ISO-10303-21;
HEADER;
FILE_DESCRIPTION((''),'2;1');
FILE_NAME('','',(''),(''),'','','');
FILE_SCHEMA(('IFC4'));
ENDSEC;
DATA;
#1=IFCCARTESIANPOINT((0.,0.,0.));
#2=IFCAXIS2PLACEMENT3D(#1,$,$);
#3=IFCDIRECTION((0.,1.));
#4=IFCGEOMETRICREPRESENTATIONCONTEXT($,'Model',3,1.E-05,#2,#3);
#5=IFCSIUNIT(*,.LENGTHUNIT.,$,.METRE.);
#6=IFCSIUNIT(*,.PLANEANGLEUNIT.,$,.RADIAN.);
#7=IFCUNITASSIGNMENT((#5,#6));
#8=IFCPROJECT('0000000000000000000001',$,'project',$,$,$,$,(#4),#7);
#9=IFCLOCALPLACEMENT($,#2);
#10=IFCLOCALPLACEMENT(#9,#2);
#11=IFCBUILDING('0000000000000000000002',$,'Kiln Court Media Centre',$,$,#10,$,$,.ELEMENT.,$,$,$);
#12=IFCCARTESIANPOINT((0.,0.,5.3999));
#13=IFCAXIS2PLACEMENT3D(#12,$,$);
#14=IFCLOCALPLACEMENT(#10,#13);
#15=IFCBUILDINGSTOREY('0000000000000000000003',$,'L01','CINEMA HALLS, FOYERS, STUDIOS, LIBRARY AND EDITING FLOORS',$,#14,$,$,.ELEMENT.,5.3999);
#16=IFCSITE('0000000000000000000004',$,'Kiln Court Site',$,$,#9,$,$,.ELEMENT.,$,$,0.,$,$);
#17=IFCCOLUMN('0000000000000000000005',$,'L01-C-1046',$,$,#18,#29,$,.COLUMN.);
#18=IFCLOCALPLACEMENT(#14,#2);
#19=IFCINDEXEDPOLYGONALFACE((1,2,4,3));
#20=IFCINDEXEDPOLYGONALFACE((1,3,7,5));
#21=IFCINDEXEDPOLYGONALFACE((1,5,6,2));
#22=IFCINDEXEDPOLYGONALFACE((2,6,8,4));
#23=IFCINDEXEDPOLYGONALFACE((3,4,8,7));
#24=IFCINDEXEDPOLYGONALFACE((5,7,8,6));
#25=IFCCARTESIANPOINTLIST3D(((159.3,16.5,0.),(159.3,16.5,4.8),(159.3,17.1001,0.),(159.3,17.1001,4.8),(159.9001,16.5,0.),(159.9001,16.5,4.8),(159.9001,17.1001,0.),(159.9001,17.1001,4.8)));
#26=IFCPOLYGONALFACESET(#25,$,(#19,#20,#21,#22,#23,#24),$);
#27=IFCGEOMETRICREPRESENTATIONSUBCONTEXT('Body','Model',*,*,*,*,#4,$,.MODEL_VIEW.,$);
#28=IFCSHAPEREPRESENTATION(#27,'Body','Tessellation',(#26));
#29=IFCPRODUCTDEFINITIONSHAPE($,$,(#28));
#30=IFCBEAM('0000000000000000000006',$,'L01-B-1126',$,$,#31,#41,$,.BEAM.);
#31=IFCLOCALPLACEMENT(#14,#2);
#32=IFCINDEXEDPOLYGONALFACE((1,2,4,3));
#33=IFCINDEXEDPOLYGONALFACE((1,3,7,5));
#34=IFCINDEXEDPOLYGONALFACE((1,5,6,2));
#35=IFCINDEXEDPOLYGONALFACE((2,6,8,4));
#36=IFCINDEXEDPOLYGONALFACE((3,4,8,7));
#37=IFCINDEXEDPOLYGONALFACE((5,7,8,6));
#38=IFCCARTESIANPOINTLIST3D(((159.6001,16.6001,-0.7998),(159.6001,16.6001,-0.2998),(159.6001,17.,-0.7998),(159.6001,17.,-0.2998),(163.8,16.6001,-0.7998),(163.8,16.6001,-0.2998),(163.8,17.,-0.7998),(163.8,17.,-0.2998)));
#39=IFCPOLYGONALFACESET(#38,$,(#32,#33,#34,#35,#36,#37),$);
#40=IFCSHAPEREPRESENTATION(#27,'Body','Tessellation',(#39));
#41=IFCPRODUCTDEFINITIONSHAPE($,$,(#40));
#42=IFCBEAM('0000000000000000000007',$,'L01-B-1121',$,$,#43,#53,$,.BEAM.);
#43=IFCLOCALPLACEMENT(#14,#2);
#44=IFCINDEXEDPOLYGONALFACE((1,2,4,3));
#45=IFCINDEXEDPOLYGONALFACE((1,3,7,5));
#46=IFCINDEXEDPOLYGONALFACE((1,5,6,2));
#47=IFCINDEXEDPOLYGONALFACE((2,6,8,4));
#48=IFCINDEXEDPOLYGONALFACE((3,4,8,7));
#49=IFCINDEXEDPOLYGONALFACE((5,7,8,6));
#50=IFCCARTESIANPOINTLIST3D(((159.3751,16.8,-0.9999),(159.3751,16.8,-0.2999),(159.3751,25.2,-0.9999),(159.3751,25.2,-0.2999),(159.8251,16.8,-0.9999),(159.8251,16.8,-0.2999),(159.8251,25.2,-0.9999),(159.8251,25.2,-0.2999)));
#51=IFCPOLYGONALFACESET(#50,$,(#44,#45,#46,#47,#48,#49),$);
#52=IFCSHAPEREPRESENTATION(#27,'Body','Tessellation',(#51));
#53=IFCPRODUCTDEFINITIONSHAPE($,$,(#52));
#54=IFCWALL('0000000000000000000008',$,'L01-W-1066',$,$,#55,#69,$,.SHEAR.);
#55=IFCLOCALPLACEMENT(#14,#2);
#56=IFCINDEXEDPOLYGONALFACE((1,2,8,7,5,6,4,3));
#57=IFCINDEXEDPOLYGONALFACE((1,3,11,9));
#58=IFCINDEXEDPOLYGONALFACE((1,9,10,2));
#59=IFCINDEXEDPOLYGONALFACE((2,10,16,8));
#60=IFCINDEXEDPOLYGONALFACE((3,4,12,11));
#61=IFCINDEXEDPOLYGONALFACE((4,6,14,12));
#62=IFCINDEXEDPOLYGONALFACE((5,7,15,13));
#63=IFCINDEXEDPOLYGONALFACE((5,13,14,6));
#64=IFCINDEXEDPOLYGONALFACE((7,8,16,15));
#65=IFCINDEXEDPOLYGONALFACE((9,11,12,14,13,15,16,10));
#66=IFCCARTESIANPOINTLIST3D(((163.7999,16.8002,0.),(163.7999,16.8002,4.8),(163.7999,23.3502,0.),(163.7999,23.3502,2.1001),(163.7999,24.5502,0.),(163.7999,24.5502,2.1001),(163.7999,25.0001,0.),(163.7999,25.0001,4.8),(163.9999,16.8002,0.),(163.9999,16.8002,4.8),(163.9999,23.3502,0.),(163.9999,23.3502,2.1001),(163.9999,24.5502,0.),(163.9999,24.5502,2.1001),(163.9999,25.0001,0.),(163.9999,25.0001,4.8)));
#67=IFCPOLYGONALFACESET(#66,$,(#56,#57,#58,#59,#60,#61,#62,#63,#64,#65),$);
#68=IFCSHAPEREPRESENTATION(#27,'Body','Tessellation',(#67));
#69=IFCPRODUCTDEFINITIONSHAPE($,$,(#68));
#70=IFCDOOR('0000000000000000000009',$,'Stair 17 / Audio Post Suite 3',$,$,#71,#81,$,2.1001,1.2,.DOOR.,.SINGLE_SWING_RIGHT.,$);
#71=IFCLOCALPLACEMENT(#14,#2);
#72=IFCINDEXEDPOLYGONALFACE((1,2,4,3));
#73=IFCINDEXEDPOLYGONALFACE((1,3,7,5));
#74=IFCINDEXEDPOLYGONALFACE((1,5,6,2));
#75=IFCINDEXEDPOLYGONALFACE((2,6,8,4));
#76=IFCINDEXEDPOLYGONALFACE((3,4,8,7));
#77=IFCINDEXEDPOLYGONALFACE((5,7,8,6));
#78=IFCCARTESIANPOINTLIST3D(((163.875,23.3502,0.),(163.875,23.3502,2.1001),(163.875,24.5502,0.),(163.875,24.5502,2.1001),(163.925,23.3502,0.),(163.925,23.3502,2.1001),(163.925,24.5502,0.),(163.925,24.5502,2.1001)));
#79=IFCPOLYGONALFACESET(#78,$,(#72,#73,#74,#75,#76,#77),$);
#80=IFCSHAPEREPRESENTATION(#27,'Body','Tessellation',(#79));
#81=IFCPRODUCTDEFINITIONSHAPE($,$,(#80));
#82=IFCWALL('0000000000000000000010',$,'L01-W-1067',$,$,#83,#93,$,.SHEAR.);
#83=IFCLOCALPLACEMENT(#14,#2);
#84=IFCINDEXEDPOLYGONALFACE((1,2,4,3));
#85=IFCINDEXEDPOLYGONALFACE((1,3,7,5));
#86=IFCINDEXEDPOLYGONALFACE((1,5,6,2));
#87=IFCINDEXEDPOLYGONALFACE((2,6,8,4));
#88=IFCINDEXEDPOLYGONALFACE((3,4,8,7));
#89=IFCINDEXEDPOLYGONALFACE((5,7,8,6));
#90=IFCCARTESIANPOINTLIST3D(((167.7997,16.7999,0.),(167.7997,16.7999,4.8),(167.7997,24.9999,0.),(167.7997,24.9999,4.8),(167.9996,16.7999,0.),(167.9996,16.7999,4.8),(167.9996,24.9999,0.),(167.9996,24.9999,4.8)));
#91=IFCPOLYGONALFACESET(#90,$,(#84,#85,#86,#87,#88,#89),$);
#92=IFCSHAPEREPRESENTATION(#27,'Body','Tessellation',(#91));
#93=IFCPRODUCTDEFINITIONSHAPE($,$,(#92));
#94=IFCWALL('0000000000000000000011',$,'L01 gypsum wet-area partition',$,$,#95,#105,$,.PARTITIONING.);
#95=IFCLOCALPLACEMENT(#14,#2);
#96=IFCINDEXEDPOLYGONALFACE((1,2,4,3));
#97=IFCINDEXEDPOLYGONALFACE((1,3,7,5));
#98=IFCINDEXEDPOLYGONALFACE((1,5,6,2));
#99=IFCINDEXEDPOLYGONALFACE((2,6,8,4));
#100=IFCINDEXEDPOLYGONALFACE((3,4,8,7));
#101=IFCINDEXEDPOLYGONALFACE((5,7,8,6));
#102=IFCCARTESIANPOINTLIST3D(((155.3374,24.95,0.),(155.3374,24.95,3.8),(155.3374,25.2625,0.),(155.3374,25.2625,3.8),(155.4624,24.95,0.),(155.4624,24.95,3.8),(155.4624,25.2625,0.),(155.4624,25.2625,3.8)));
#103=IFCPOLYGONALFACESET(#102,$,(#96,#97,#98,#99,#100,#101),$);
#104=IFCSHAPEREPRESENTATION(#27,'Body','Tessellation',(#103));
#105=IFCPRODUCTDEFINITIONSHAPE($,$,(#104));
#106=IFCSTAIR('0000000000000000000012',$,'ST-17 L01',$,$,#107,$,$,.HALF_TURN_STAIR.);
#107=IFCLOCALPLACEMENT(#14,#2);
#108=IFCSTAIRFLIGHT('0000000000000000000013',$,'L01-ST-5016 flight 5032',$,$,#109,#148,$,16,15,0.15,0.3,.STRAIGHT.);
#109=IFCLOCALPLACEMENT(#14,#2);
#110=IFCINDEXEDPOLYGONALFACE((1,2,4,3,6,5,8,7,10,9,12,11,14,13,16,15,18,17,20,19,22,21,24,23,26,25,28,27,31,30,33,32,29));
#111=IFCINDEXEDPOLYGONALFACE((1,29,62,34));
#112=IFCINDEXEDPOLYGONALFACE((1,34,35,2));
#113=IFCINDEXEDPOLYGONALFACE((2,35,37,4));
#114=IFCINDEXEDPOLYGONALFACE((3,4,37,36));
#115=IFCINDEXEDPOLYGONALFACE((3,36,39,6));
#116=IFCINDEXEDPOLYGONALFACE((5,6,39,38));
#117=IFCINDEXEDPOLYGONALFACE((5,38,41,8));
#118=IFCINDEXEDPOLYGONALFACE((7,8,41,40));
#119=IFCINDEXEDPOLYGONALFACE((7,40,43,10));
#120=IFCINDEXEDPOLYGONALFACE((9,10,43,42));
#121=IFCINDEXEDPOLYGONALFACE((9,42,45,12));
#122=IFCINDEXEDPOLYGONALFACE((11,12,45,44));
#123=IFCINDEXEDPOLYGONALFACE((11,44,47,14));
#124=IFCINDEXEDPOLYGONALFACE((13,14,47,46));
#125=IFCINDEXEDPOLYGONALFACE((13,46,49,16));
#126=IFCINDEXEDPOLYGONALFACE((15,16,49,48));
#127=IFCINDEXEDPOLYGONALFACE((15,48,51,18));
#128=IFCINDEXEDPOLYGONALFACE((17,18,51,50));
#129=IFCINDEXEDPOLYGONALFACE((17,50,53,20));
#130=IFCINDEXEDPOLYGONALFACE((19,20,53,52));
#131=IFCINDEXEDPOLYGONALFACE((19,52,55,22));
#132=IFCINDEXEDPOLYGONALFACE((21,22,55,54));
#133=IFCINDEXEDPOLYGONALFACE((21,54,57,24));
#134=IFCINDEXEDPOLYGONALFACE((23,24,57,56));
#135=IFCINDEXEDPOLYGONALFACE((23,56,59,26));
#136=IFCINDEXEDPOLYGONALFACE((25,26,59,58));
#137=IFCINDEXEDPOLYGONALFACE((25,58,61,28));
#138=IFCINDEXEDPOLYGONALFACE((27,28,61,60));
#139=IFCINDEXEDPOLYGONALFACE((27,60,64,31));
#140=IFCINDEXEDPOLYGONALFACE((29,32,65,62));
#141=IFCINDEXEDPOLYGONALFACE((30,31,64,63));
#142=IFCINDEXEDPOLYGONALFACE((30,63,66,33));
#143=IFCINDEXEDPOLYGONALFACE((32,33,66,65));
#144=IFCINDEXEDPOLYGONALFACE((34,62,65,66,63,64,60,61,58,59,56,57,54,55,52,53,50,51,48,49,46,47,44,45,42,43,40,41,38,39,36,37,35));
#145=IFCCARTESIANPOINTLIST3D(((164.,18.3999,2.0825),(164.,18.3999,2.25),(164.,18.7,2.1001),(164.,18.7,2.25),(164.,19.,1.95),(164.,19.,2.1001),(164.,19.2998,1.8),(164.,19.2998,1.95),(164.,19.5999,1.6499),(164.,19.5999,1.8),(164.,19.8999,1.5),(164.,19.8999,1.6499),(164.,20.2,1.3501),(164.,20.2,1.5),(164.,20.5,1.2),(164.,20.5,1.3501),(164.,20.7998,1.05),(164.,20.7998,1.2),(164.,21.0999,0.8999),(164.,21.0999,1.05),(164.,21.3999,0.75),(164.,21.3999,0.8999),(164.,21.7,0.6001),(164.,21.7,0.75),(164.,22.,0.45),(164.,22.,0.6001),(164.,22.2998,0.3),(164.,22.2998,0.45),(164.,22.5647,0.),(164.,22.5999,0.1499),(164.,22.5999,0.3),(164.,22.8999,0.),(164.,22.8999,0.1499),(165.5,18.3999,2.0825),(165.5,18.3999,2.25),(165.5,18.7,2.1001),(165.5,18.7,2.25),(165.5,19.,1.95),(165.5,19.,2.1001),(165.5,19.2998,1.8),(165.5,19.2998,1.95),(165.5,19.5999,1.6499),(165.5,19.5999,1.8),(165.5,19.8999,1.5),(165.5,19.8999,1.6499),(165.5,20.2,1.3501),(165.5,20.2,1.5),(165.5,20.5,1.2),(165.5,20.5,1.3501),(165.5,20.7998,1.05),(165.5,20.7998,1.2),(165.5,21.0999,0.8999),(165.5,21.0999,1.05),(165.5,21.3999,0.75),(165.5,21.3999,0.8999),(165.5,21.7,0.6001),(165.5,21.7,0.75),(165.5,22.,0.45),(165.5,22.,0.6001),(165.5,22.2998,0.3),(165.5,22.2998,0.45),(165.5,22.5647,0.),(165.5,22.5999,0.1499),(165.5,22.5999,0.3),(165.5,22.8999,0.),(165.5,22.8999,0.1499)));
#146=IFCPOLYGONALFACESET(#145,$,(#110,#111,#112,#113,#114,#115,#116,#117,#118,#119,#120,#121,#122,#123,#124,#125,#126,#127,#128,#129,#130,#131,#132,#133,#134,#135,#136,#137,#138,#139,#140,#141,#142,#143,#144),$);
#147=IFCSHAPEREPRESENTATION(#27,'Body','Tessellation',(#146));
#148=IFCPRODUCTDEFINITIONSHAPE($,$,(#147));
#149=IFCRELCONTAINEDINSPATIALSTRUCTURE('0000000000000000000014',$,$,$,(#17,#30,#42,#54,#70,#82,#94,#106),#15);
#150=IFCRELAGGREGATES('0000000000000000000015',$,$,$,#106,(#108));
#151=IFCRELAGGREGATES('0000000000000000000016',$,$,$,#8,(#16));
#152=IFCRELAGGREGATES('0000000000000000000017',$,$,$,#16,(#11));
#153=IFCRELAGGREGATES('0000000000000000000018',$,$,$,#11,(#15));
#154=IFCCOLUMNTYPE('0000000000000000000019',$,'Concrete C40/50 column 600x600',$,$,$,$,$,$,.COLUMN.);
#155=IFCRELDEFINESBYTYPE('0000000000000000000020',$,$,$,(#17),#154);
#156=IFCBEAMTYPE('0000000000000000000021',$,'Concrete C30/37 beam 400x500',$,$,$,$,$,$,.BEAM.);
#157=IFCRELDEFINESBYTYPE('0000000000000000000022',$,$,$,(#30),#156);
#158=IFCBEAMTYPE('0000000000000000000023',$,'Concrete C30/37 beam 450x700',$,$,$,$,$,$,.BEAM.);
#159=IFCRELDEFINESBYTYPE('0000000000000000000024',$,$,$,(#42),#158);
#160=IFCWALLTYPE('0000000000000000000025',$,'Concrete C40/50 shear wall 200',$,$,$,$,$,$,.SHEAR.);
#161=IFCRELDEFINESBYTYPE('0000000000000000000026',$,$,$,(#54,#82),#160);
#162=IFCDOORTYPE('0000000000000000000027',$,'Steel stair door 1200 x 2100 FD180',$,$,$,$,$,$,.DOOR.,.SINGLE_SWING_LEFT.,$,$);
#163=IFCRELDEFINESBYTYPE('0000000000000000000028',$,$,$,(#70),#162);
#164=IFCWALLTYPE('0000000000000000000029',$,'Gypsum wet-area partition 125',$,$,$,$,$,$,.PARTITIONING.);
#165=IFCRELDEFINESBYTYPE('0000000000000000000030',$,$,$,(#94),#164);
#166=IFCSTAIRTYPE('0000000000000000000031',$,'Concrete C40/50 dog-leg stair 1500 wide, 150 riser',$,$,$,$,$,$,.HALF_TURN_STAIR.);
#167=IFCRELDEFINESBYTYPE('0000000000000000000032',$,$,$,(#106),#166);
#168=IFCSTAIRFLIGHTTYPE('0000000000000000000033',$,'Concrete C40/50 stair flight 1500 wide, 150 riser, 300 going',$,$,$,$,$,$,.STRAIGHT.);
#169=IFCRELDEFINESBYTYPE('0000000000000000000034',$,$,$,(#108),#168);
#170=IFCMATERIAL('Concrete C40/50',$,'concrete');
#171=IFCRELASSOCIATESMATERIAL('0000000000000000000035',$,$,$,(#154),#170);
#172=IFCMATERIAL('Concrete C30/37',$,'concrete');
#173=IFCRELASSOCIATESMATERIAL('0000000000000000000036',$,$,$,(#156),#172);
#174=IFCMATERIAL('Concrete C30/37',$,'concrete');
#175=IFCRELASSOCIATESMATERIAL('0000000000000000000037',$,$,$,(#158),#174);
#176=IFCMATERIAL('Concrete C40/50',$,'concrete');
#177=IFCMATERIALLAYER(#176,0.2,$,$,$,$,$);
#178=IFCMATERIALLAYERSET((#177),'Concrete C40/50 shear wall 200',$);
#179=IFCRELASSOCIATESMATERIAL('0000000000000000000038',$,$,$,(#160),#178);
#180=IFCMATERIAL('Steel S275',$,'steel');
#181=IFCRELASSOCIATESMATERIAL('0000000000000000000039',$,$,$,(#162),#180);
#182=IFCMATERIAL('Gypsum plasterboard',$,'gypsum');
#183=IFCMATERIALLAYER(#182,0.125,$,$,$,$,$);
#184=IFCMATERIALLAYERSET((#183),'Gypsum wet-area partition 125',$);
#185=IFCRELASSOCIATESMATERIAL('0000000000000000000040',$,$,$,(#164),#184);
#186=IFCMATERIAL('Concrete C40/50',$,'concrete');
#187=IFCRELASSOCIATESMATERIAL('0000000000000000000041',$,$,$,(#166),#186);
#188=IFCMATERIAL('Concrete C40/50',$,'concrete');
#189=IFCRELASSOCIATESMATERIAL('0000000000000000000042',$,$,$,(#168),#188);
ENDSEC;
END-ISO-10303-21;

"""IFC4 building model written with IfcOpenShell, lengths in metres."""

from ifc_helpers import new_model, si_unit, direction, frame, frame_2d, origin, origin_2d, place, context, subcontext, project, spatial, polyline, rectangle, outline, extrude, material, layer, layer_set, material_profile, profile_set, type_object, element, fill, aggregate, save


model = new_model("IFC4")

# Units and contexts
model_context = context("Model", 3, precision=1e-05, world=origin(), true_north=direction((0.0, 1.0)))
body_context = subcontext(model_context, "Body", "Model", "MODEL_VIEW")
ifc_project = project(units=[si_unit("LENGTHUNIT", "METRE"), si_unit("PLANEANGLEUNIT", "RADIAN")], contexts=[model_context])

# Site, building, storey
site_placement = place(None, origin())
site = spatial("IfcSite", under=ifc_project, at=site_placement, Name="Kiln Court Site", CompositionType="ELEMENT", RefElevation=0.0)
building_placement = place(site_placement, origin())
building = spatial("IfcBuilding", under=site, at=building_placement, Name="Kiln Court Media Centre", CompositionType="ELEMENT")
storey_placement = place(building_placement, frame((0.0, 0.0, 5.3999)))
storey = spatial("IfcBuildingStorey", under=building, at=storey_placement, Name="L01", Description="CINEMA HALLS, FOYERS, STUDIOS, LIBRARY AND EDITING FLOORS", CompositionType="ELEMENT", Elevation=5.3999)

# Column
ifc_material_1 = material(Name="Concrete C40/50", Category="concrete")
ifc_material_profile_1 = material_profile(ifc_material_1, rectangle(XDim=0.6001, YDim=0.6001, at=origin_2d()), Name="RC 600x600")
ifc_profile_set_1 = profile_set([ifc_material_profile_1], Name="Concrete C40/50")
column_type = type_object("IfcColumnType", Name="Concrete C40/50 column 600x600", PredefinedType="COLUMN", material=ifc_profile_set_1)
column_placement = place(storey_placement, frame((159.6001, 16.8, 0.0), z_axis=(0.0, 0.0, 1.0), x_axis=(1.0, 0.0, 0.0)))
element("IfcColumn", 1, at=column_placement, inside=storey, type_object=column_type, Name="L01-C-1046", PredefinedType="COLUMN", context=body_context, shape_type="SweptSolid", body=[
    extrude(rectangle(XDim=0.6001, YDim=0.6001, at=origin_2d()), origin(), (0.0, 0.0, 1.0), 4.8),
])

# Beams
ifc_material_2 = material(Name="Concrete C30/37", Category="concrete")
ifc_material_profile_2 = material_profile(ifc_material_2, rectangle(XDim=0.3999, YDim=0.5, at=origin_2d()), Name="RC 400x500")
ifc_profile_set_2 = profile_set([ifc_material_profile_2], Name="Concrete C30/37")
beam_type_1 = type_object("IfcBeamType", Name="Concrete C30/37 beam 400x500", PredefinedType="BEAM", material=ifc_profile_set_2)
beam_1_placement = place(storey_placement, frame((159.6001, 16.8, -0.5498), z_axis=(1.0, 0.0, 0.0), x_axis=(0.0, 1.0, 0.0)))
element("IfcBeam", 2, at=beam_1_placement, inside=storey, type_object=beam_type_1, Name="L01-B-1126", PredefinedType="BEAM", context=body_context, shape_type="SweptSolid", body=[
    extrude(rectangle(XDim=0.3999, YDim=0.5, at=origin_2d()), origin(), (0.0, 0.0, 1.0), 4.2),
])
ifc_material_3 = material(Name="Concrete C30/37", Category="concrete")
ifc_material_profile_3 = material_profile(ifc_material_3, rectangle(XDim=0.45, YDim=0.7, at=origin_2d()), Name="RC 450x700")
ifc_profile_set_3 = profile_set([ifc_material_profile_3], Name="Concrete C30/37")
beam_type_2 = type_object("IfcBeamType", Name="Concrete C30/37 beam 450x700", PredefinedType="BEAM", material=ifc_profile_set_3)
beam_2_placement = place(storey_placement, frame((159.6001, 16.8, -0.6499), z_axis=(0.0, 1.0, 0.0), x_axis=(-1.0, 0.0, 0.0)))
element("IfcBeam", 3, at=beam_2_placement, inside=storey, type_object=beam_type_2, Name="L01-B-1121", PredefinedType="BEAM", context=body_context, shape_type="SweptSolid", body=[
    extrude(rectangle(XDim=0.45, YDim=0.7, at=origin_2d()), origin(), (0.0, 0.0, 1.0), 8.3999),
])

# Wall, opening, door
ifc_material_4 = material(Name="Concrete C40/50", Category="concrete")
ifc_layer_1 = layer(ifc_material_4, 0.2)
ifc_layer_set_1 = layer_set([ifc_layer_1], Name="Concrete C40/50 shear wall 200")
wall_type_1 = type_object("IfcWallType", Name="Concrete C40/50 shear wall 200", PredefinedType="SHEAR", material=ifc_layer_set_1)
wall_1_placement = place(storey_placement, frame((163.8999, 16.8, 0.0), z_axis=(0.0, 0.0, 1.0), x_axis=(0.0, 1.0, 0.0)))
wall_1 = element("IfcWall", 4, at=wall_1_placement, inside=storey, type_object=wall_type_1, Name="L01-W-1066", PredefinedType="SHEAR", context=body_context, shape_type="SweptSolid", body=[
    extrude(rectangle(XDim=8.2, YDim=0.2, at=frame_2d((4.1001, 0.0))), origin(), (0.0, 0.0, 1.0), 4.8),
])
opening_placement = place(wall_1_placement, frame((6.55, 0.0, 0.0)))
opening = element("IfcOpeningElement", 5, at=opening_placement, cuts=wall_1, PredefinedType="OPENING", context=body_context, shape_type="SweptSolid", body=[
    extrude(rectangle(XDim=1.2, YDim=2.1001, at=frame_2d((0.6001, 1.05))), frame((0.0, 0.1099, 0.0), z_axis=(0.0, -1.0, 0.0), x_axis=(1.0, 0.0, 0.0)), (0.0, 0.0, 1.0), 0.22),
])
ifc_material_5 = material(Name="Steel S275", Category="steel")
door_type = type_object("IfcDoorType", Name="Steel stair door 1200 x 2100 FD180", OperationType="SINGLE_SWING_LEFT", PredefinedType="DOOR", material=ifc_material_5)
door_placement = place(opening_placement, origin())
door = element("IfcDoor", 6, at=door_placement, inside=storey, type_object=door_type, Name="Stair 17 / Audio Post Suite 3", OperationType="SINGLE_SWING_RIGHT", OverallHeight=2.1001, OverallWidth=1.2, PredefinedType="DOOR", context=body_context, shape_type="SweptSolid", body=[
    extrude(rectangle(XDim=1.2, YDim=2.1001, at=frame_2d((0.6001, 1.05))), frame((0.0, 0.0249, 0.0), z_axis=(0.0, -1.0, 0.0), x_axis=(1.0, 0.0, 0.0)), (0.0, 0.0, 1.0), 0.05),
])
fill(opening, door)

# Walls
wall_2_placement = place(storey_placement, frame((167.8997, 25.0, 0.0), z_axis=(0.0, 0.0, 1.0), x_axis=(0.0, -1.0, 0.0)))
element("IfcWall", 7, at=wall_2_placement, inside=storey, type_object=wall_type_1, Name="L01-W-1067", PredefinedType="SHEAR", context=body_context, shape_type="SweptSolid", body=[
    extrude(rectangle(XDim=8.2, YDim=0.2, at=frame_2d((4.1001, 0.0))), origin(), (0.0, 0.0, 1.0), 4.8),
])
ifc_material_6 = material(Name="Gypsum plasterboard", Category="gypsum")
ifc_layer_2 = layer(ifc_material_6, 0.125)
ifc_layer_set_2 = layer_set([ifc_layer_2], Name="Gypsum wet-area partition 125")
wall_type_2 = type_object("IfcWallType", Name="Gypsum wet-area partition 125", PredefinedType="PARTITIONING", material=ifc_layer_set_2)
wall_3_placement = place(storey_placement, frame((155.3999, 24.95, 0.0), z_axis=(0.0, 0.0, 1.0), x_axis=(0.0, 1.0, 0.0)))
element("IfcWall", 8, at=wall_3_placement, inside=storey, type_object=wall_type_2, Name="L01 gypsum wet-area partition", PredefinedType="PARTITIONING", context=body_context, shape_type="SweptSolid", body=[
    extrude(rectangle(XDim=0.3125, YDim=0.125, at=frame_2d((0.1562, 0.0))), origin(), (0.0, 0.0, 1.0), 3.8),
])

# Stair, stair flight
ifc_material_7 = material(Name="Concrete C40/50", Category="concrete")
stair_type = type_object("IfcStairType", Name="Concrete C40/50 dog-leg stair 1500 wide, 150 riser", PredefinedType="HALF_TURN_STAIR", material=ifc_material_7)
stair_placement = place(storey_placement, origin())
stair = element("IfcStair", 9, at=stair_placement, inside=storey, type_object=stair_type, Name="ST-17 L01", PredefinedType="HALF_TURN_STAIR")
ifc_material_8 = material(Name="Concrete C40/50", Category="concrete")
stair_flight_type = type_object("IfcStairFlightType", Name="Concrete C40/50 stair flight 1500 wide, 150 riser, 300 going", PredefinedType="STRAIGHT", material=ifc_material_8)
stair_flight_1_placement = place(storey_placement, frame((164.75, 22.8999, 0.0), z_axis=(0.0, 0.0, 1.0), x_axis=(0.0, -1.0, 0.0)))
stair_flight_1 = element("IfcStairFlight", 10, at=stair_flight_1_placement, type_object=stair_flight_type, Name="L01-ST-5016 flight 5032", NumberOfRisers=16, NumberOfTreads=15, PredefinedType="STRAIGHT", RiserHeight=0.15, TreadLength=0.3, context=body_context, shape_type="SweptSolid", body=[
    extrude(outline(polyline([(0.0, 0.0), (0.0, 0.1499), (0.3, 0.1499), (0.3, 0.3), (0.6001, 0.3), (0.6001, 0.45), (0.8999, 0.45), (0.8999, 0.6001), (1.2, 0.6001), (1.2, 0.75), (1.5, 0.75), (1.5, 0.8999), (1.8, 0.8999), (1.8, 1.05), (2.1001, 1.05), (2.1001, 1.2), (2.3999, 1.2), (2.3999, 1.3501), (2.7, 1.3501), (2.7, 1.5), (3.0, 1.5), (3.0, 1.6499), (3.3, 1.6499), (3.3, 1.8), (3.6001, 1.8), (3.6001, 1.95), (3.8999, 1.95), (3.8999, 2.1001), (4.2, 2.1001), (4.2, 2.25), (4.5, 2.25), (4.5, 2.3999), (4.5, 2.0825), (0.3352, 0.0), (0.0, 0.0)])), frame((0.0, 0.75, 0.0), z_axis=(0.0, -1.0, 0.0), x_axis=(1.0, 0.0, 0.0)), (0.0, 0.0, 1.0), 1.5),
])
aggregate(stair, [stair_flight_1])

save(model, "model.ifc")
